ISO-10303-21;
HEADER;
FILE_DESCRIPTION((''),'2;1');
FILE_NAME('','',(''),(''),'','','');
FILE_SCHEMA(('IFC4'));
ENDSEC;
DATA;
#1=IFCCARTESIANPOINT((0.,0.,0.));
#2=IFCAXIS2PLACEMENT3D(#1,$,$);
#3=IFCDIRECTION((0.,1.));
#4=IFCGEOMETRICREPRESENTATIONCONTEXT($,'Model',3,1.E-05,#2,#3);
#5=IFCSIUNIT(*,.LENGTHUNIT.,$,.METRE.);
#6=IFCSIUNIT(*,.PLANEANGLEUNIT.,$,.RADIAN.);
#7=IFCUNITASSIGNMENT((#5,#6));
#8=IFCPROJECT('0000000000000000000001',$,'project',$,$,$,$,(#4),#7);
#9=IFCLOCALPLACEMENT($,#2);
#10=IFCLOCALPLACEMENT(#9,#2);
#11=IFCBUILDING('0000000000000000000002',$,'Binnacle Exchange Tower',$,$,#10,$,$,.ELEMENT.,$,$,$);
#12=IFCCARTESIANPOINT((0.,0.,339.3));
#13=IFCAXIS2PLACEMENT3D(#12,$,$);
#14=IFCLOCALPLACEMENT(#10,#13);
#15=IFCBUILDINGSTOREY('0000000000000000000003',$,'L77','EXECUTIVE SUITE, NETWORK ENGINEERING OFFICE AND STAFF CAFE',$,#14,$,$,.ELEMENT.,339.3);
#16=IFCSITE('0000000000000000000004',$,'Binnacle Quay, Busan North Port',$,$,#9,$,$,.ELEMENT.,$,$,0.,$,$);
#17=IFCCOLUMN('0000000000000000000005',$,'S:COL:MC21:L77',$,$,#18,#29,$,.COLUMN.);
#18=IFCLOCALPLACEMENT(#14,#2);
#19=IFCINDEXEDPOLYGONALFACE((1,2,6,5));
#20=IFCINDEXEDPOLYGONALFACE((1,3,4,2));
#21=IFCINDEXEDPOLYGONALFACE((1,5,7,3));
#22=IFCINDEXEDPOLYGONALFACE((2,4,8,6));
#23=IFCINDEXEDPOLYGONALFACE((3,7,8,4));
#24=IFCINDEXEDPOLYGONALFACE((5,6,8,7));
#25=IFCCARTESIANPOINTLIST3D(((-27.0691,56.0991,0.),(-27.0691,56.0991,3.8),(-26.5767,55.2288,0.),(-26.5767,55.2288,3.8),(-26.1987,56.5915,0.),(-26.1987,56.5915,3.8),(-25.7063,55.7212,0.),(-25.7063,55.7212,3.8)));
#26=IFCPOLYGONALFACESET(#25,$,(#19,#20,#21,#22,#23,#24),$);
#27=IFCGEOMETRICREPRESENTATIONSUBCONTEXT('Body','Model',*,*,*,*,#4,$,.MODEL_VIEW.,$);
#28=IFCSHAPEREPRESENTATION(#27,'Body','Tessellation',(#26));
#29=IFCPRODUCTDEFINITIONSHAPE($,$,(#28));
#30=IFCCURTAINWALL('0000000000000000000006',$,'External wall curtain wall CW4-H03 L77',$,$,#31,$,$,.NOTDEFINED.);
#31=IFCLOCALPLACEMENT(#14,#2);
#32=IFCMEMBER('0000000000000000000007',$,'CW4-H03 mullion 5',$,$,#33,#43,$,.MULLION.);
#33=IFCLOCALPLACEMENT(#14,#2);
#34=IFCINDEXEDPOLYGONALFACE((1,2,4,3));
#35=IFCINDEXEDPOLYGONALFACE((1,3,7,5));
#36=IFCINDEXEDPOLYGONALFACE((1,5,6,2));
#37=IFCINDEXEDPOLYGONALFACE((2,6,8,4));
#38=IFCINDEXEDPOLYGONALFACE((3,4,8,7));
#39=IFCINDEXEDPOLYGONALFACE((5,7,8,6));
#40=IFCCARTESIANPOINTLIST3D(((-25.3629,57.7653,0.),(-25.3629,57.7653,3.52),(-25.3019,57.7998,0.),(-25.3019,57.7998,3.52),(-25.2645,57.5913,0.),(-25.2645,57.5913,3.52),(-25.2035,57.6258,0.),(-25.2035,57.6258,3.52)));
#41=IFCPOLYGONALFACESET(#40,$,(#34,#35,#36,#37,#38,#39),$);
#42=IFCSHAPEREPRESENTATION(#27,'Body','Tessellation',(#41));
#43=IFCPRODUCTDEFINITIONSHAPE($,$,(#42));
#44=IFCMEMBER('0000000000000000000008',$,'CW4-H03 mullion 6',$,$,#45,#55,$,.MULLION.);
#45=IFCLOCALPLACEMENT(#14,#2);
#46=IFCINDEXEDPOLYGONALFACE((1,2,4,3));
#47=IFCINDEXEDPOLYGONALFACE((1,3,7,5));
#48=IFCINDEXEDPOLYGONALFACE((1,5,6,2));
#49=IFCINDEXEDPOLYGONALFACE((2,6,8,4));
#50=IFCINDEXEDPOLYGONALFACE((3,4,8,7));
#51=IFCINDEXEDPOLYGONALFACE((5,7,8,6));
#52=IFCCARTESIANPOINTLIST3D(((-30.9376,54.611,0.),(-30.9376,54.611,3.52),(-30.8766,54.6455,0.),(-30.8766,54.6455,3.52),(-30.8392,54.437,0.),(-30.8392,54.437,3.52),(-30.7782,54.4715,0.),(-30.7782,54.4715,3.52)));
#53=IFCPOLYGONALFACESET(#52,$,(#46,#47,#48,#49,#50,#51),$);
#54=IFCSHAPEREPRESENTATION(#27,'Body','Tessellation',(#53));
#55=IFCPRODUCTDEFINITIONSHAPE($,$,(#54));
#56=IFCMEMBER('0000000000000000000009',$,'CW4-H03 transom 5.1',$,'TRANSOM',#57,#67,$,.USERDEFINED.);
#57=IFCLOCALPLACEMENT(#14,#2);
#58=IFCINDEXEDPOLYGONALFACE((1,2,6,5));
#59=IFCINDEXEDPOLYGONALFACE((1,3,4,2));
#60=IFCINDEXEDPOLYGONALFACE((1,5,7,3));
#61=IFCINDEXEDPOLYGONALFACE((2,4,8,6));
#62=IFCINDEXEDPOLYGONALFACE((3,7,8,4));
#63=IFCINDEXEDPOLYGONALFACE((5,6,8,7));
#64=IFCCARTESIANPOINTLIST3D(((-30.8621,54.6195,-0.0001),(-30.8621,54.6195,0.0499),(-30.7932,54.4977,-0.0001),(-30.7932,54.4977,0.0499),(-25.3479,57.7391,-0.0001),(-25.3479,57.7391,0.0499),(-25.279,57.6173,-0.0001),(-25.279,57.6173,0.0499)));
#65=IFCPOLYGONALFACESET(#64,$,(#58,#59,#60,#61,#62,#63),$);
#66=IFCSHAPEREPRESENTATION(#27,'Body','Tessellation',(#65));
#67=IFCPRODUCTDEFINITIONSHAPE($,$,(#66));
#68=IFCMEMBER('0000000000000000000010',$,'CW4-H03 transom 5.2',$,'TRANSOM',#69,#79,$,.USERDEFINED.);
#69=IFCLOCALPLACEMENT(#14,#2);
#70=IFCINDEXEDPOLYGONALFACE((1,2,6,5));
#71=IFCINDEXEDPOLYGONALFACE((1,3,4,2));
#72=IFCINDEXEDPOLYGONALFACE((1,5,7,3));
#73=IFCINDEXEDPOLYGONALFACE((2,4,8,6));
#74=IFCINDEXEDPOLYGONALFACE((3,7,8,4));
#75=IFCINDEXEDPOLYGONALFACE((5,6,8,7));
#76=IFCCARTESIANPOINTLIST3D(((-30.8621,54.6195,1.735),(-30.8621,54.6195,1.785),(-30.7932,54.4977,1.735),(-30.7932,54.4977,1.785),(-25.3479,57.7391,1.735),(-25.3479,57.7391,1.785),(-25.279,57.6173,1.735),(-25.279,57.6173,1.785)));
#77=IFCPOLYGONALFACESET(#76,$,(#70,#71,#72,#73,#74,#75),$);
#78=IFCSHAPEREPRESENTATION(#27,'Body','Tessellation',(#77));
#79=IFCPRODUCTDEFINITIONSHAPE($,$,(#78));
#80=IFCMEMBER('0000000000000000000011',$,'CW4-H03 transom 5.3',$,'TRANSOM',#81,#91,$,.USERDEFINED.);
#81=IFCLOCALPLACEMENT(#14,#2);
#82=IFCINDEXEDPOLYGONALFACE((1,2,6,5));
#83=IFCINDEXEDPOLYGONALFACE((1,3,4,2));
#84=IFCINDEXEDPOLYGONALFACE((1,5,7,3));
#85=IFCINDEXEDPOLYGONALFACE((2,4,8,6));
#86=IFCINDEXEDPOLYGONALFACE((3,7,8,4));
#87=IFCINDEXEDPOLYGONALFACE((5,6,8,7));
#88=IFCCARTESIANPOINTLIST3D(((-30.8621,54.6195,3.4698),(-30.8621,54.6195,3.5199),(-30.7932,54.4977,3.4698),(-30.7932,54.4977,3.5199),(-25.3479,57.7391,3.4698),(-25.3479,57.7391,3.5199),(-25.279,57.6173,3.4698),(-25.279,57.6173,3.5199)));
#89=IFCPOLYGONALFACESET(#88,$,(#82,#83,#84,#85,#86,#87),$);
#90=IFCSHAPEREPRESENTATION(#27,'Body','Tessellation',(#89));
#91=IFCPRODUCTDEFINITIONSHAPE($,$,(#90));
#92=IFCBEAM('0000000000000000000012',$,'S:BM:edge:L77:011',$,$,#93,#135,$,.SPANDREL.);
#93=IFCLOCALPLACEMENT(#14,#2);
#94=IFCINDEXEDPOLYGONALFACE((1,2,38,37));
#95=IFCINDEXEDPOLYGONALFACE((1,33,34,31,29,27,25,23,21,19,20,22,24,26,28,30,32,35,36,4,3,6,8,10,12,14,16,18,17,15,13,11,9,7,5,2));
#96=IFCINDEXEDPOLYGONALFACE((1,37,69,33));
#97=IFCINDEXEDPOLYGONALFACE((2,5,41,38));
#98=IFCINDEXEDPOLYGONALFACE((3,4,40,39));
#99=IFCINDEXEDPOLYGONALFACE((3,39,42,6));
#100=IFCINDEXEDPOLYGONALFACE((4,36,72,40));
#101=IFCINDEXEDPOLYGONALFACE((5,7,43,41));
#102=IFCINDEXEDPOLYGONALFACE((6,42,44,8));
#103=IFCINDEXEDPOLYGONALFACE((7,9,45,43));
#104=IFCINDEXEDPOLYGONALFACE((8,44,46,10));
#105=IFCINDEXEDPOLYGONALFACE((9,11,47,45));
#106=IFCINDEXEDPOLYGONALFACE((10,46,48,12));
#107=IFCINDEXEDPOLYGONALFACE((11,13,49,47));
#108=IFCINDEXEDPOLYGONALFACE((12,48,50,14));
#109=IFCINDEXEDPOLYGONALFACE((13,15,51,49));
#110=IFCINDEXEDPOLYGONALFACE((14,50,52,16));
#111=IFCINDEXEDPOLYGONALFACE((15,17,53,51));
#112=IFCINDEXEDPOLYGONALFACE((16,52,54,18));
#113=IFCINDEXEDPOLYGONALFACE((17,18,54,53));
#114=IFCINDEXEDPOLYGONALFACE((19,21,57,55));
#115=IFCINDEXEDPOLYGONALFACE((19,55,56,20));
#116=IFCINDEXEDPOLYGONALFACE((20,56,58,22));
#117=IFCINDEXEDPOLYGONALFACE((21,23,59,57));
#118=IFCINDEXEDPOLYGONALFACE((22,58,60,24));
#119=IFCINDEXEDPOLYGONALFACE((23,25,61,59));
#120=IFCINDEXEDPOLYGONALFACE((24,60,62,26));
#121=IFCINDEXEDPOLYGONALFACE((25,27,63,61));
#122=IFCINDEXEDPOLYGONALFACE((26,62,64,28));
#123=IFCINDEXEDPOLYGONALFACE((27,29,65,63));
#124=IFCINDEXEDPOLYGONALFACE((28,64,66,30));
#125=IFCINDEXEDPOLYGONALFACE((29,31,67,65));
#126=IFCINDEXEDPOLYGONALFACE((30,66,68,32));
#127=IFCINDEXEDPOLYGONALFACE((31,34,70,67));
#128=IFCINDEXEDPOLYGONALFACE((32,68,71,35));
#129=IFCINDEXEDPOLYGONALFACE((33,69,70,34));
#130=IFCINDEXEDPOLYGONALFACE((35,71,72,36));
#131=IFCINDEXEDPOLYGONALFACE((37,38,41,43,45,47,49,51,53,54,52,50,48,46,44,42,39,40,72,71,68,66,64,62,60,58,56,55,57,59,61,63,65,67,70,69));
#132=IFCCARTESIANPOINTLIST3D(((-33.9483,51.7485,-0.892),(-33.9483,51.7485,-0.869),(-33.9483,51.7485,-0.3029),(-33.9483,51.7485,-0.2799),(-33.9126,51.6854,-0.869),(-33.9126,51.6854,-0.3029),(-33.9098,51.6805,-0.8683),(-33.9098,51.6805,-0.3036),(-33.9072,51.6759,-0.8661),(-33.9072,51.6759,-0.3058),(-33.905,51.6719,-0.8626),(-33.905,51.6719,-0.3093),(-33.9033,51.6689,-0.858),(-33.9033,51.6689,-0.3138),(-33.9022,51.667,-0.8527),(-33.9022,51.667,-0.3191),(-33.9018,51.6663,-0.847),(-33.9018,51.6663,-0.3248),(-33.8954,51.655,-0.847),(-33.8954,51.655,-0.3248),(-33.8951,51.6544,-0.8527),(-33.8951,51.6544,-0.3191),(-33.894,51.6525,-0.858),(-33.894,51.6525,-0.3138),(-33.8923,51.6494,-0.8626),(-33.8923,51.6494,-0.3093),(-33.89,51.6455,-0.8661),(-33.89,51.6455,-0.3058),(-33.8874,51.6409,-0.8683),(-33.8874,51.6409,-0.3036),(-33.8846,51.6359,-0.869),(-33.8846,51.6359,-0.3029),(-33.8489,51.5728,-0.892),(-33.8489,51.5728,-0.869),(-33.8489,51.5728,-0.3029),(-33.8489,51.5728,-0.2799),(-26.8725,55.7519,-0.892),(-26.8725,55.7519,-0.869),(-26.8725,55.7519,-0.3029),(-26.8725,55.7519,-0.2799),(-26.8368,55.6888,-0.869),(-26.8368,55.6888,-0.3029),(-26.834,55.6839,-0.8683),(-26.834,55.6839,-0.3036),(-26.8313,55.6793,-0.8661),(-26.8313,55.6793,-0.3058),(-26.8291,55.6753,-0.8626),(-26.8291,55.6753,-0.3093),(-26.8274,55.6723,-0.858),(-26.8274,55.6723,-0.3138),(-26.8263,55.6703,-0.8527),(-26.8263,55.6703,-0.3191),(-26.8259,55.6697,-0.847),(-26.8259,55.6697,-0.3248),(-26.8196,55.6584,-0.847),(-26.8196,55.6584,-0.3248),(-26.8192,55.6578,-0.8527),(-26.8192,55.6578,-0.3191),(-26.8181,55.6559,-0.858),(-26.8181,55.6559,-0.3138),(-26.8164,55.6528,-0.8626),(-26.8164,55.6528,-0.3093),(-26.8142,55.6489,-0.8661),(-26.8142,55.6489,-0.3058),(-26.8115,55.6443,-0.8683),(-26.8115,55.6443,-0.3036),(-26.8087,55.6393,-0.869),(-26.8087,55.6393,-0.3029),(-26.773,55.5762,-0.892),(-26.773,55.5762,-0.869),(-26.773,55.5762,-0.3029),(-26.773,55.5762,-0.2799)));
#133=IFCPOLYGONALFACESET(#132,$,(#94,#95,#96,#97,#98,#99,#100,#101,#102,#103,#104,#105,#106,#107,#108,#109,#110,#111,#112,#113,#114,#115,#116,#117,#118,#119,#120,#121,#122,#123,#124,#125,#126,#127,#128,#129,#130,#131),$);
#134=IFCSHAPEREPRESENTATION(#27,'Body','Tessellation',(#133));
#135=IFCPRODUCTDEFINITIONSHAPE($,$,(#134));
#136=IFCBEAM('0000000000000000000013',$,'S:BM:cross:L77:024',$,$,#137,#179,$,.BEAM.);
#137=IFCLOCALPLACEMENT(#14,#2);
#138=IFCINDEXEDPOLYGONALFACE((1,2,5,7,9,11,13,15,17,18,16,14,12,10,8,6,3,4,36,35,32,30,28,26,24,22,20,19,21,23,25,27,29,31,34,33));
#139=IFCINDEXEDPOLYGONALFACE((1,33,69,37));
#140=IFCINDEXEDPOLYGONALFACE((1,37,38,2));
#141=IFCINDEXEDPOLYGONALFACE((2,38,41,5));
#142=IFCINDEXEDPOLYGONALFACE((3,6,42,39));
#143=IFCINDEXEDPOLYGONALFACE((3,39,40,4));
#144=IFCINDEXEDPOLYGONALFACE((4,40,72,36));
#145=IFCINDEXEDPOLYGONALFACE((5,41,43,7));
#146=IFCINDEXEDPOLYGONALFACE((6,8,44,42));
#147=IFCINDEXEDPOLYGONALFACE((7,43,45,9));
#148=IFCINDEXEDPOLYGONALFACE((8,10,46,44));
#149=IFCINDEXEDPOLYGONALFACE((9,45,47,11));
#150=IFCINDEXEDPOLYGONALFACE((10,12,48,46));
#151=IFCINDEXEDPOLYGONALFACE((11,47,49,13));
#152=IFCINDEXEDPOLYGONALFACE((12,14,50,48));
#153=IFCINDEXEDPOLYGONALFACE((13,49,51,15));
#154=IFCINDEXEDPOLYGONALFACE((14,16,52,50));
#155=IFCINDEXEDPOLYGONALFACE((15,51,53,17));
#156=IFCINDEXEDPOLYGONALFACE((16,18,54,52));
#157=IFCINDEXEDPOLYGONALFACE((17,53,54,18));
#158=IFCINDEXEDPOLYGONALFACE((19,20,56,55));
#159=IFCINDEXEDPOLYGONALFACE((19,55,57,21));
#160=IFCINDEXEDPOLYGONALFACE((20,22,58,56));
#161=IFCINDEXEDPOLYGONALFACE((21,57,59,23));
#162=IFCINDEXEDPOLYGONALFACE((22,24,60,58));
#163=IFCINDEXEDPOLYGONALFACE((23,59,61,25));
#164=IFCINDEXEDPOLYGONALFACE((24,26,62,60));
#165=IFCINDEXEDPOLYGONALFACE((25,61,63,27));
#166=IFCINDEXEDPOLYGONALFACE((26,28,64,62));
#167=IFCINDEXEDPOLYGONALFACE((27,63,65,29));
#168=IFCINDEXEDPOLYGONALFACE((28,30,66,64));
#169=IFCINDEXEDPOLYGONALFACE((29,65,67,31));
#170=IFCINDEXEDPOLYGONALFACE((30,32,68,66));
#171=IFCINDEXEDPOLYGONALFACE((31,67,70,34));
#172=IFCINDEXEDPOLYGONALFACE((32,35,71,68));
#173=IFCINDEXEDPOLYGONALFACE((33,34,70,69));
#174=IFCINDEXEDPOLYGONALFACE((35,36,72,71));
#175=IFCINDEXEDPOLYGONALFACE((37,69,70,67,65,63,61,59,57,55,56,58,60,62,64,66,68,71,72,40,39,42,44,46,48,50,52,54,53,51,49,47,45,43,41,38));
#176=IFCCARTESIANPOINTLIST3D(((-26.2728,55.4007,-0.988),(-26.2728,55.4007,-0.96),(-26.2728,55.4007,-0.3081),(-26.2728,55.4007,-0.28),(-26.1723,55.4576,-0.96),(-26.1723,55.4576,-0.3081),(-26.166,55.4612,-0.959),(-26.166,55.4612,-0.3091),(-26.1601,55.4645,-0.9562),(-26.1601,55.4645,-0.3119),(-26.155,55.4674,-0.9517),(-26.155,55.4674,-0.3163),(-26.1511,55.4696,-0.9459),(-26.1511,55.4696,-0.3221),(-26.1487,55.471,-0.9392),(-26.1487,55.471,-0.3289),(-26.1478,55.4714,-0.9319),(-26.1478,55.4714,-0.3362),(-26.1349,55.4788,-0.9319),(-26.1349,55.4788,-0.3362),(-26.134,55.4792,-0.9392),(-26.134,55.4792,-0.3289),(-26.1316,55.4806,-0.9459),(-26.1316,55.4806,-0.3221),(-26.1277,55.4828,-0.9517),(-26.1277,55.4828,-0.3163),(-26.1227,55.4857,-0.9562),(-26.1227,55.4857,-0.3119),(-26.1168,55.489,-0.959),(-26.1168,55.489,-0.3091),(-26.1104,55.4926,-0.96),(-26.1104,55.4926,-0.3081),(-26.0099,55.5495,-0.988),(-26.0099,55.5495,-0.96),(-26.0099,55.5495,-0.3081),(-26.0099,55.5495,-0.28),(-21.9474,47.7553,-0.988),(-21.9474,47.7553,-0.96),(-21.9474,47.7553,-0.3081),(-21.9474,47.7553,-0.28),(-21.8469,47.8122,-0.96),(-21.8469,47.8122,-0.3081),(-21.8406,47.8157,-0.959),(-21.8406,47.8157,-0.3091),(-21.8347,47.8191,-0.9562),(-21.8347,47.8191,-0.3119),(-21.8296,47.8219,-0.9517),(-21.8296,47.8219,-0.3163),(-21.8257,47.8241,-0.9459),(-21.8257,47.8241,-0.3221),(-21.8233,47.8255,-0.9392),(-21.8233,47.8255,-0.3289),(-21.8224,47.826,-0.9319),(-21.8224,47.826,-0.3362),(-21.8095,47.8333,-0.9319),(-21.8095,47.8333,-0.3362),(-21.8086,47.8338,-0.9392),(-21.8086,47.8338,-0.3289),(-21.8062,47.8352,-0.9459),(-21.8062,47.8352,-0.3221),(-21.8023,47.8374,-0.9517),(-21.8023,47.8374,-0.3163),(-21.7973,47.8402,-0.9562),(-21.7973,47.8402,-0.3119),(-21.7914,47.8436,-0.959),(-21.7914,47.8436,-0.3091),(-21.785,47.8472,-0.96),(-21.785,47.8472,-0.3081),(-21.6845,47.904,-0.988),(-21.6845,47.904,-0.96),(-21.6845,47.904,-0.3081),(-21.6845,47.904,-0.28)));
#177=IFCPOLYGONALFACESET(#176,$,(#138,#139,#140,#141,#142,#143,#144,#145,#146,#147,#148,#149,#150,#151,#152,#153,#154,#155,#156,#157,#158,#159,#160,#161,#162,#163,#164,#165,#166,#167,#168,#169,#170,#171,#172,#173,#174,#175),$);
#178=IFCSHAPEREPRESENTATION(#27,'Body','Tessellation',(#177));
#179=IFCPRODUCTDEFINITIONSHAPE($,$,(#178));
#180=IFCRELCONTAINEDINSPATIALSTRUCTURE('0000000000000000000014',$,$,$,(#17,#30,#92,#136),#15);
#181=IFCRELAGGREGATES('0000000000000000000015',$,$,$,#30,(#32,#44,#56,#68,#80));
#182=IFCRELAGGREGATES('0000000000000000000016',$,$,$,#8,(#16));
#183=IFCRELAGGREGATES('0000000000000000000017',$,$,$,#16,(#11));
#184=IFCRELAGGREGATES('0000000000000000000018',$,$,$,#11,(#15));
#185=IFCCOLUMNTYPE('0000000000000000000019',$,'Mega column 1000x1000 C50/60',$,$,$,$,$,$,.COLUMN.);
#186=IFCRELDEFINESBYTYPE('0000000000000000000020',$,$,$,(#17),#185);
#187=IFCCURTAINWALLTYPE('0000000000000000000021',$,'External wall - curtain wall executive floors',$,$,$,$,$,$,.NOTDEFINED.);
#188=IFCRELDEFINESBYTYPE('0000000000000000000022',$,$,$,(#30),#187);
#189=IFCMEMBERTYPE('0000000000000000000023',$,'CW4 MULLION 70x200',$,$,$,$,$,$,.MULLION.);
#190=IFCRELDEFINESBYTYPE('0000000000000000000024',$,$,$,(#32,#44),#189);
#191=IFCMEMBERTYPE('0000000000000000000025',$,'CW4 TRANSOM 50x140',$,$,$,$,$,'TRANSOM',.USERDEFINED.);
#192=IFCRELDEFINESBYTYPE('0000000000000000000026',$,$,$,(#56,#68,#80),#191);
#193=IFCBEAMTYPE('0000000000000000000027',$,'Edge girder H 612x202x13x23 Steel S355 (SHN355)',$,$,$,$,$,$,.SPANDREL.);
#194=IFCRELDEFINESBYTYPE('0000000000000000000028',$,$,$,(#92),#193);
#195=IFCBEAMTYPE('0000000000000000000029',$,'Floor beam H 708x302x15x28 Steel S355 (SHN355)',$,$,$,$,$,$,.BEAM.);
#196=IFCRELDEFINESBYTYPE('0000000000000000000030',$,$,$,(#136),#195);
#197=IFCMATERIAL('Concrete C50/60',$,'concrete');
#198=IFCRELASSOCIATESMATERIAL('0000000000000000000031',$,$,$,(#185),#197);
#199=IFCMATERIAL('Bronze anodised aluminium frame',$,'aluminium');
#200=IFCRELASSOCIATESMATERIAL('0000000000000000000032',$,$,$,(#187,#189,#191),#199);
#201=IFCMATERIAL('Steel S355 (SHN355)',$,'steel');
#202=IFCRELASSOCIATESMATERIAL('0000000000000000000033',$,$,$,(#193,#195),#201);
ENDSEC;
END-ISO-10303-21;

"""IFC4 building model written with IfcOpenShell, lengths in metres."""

from ifc_helpers import new_model, si_unit, direction, frame, origin, origin_2d, place, context, subcontext, project, spatial, rectangle, i_section, extrude, material, material_profile, profile_set, type_object, element, aggregate, save


model = new_model("IFC4")

# Units and contexts
model_context = context("Model", 3, precision=1e-05, world=origin(), true_north=direction((0.0, 1.0)))
body_context = subcontext(model_context, "Body", "Model", "MODEL_VIEW")
ifc_project = project(units=[si_unit("LENGTHUNIT", "METRE"), si_unit("PLANEANGLEUNIT", "RADIAN")], contexts=[model_context])

# Site, building, storey
site_placement = place(None, origin())
site = spatial("IfcSite", under=ifc_project, at=site_placement, Name="Binnacle Quay, Busan North Port", CompositionType="ELEMENT", RefElevation=0.0)
building_placement = place(site_placement, origin())
building = spatial("IfcBuilding", under=site, at=building_placement, Name="Binnacle Exchange Tower", CompositionType="ELEMENT")
storey_placement = place(building_placement, frame((0.0, 0.0, 339.3)))
storey = spatial("IfcBuildingStorey", under=building, at=storey_placement, Name="L77", Description="EXECUTIVE SUITE, NETWORK ENGINEERING OFFICE AND STAFF CAFE", CompositionType="ELEMENT", Elevation=339.3)

# Column
ifc_material_1 = material(Name="Concrete C50/60", Category="concrete")
ifc_material_profile_1 = material_profile(ifc_material_1, rectangle(XDim=1.0, YDim=1.0, at=origin_2d()), Name="Mega column 1000x1000 C50/60")
ifc_profile_set_1 = profile_set([ifc_material_profile_1], Name="Concrete C50/60")
column_type = type_object("IfcColumnType", Name="Mega column 1000x1000 C50/60", PredefinedType="COLUMN", material=ifc_profile_set_1)
column_placement = place(storey_placement, frame((-26.3877, 55.9102, 0.0), z_axis=(0.0, 0.0, 1.0), x_axis=(-0.870356, -0.492424, 0.0)))
element("IfcColumn", 1, at=column_placement, inside=storey, type_object=column_type, Name="S:COL:MC21:L77", PredefinedType="COLUMN", context=body_context, shape_type="SweptSolid", body=[
    extrude(rectangle(XDim=1.0, YDim=1.0, at=origin_2d()), origin(), (0.0, 0.0, 1.0), 3.8),
])

# Curtain wall, members
ifc_material_2 = material(Name="Bronze anodised aluminium frame", Category="aluminium")
curtain_wall_type = type_object("IfcCurtainWallType", Name="External wall - curtain wall executive floors", PredefinedType="NOTDEFINED", material=ifc_material_2)
curtain_wall_placement = place(storey_placement, origin())
curtain_wall = element("IfcCurtainWall", 2, at=curtain_wall_placement, inside=storey, type_object=curtain_wall_type, Name="External wall curtain wall CW4-H03 L77", PredefinedType="NOTDEFINED")
ifc_material_profile_2 = material_profile(ifc_material_2, rectangle(XDim=0.2, YDim=0.0701, at=origin_2d()), Name="AL 70x200")
ifc_profile_set_2 = profile_set([ifc_material_profile_2], Name="Bronze anodised aluminium frame")
member_type_1 = type_object("IfcMemberType", Name="CW4 MULLION 70x200", PredefinedType="MULLION", material=ifc_profile_set_2)
member_1_placement = place(storey_placement, frame((-25.2832, 57.6956, 0.0), z_axis=(0.0, 0.0, 1.0), x_axis=(0.492424, -0.870356, 0.0)))
member_1 = element("IfcMember", 3, at=member_1_placement, type_object=member_type_1, Name="CW4-H03 mullion 5", PredefinedType="MULLION", context=body_context, shape_type="SweptSolid", body=[
    extrude(rectangle(XDim=0.2, YDim=0.0701, at=origin_2d()), origin(), (0.0, 0.0, 1.0), 3.52),
])
member_2_placement = place(storey_placement, frame((-30.8579, 54.5413, 0.0), z_axis=(0.0, 0.0, 1.0), x_axis=(0.492424, -0.870356, 0.0)))
member_2 = element("IfcMember", 4, at=member_2_placement, type_object=member_type_1, Name="CW4-H03 mullion 6", PredefinedType="MULLION", context=body_context, shape_type="SweptSolid", body=[
    extrude(rectangle(XDim=0.2, YDim=0.0701, at=origin_2d()), origin(), (0.0, 0.0, 1.0), 3.52),
])
ifc_material_profile_3 = material_profile(ifc_material_2, rectangle(XDim=0.1399, YDim=0.05, at=origin_2d()), Name="AL 140x50")
ifc_profile_set_3 = profile_set([ifc_material_profile_3], Name="Bronze anodised aluminium frame")
member_type_2 = type_object("IfcMemberType", Name="CW4 TRANSOM 50x140", ElementType="TRANSOM", PredefinedType="USERDEFINED", material=ifc_profile_set_3)
member_3_placement = place(storey_placement, frame((-25.3135, 57.6782, 0.0249), z_axis=(-0.870365, -0.492408, 0.0), x_axis=(0.492408, -0.870365, 0.0)))
member_3 = element("IfcMember", 5, at=member_3_placement, type_object=member_type_2, Name="CW4-H03 transom 5.1", ObjectType="TRANSOM", PredefinedType="USERDEFINED", context=body_context, shape_type="SweptSolid", body=[
    extrude(rectangle(XDim=0.1399, YDim=0.05, at=origin_2d()), origin(), (0.0, 0.0, 1.0), 6.3354),
])
member_4_placement = place(storey_placement, frame((-25.3135, 57.6782, 1.76), z_axis=(-0.870365, -0.492408, 0.0), x_axis=(0.492408, -0.870365, 0.0)))
member_4 = element("IfcMember", 6, at=member_4_placement, type_object=member_type_2, Name="CW4-H03 transom 5.2", ObjectType="TRANSOM", PredefinedType="USERDEFINED", context=body_context, shape_type="SweptSolid", body=[
    extrude(rectangle(XDim=0.1399, YDim=0.05, at=origin_2d()), origin(), (0.0, 0.0, 1.0), 6.3354),
])
member_5_placement = place(storey_placement, frame((-25.3135, 57.6782, 3.4949), z_axis=(-0.870365, -0.492408, 0.0), x_axis=(0.492408, -0.870365, 0.0)))
member_5 = element("IfcMember", 7, at=member_5_placement, type_object=member_type_2, Name="CW4-H03 transom 5.3", ObjectType="TRANSOM", PredefinedType="USERDEFINED", context=body_context, shape_type="SweptSolid", body=[
    extrude(rectangle(XDim=0.1399, YDim=0.05, at=origin_2d()), origin(), (0.0, 0.0, 1.0), 6.3354),
])

# Beams
ifc_material_3 = material(Name="Steel S355 (SHN355)", Category="steel")
ifc_material_profile_4 = material_profile(ifc_material_3, i_section(OverallWidth=0.2019, OverallDepth=0.6121, WebThickness=0.0129, FlangeThickness=0.0229, FilletRadius=0.022, at=origin_2d()), Name="H 612x202x13x23")
ifc_profile_set_4 = profile_set([ifc_material_profile_4], Name="Steel S355 (SHN355)")
beam_type_1 = type_object("IfcBeamType", Name="Edge girder H 612x202x13x23 Steel S355 (SHN355)", PredefinedType="SPANDREL", material=ifc_profile_set_4)
beam_1_placement = place(storey_placement, frame((-26.8228, 55.6641, -0.5859), z_axis=(-0.870353, -0.492428, 0.0), x_axis=(0.492428, -0.870353, 0.0)))
element("IfcBeam", 8, at=beam_1_placement, inside=storey, type_object=beam_type_1, Name="S:BM:edge:L77:011", PredefinedType="SPANDREL", context=body_context, shape_type="SweptSolid", body=[
    extrude(i_section(OverallWidth=0.2019, OverallDepth=0.6121, WebThickness=0.0129, FlangeThickness=0.0229, FilletRadius=0.022, at=origin_2d()), origin(), (0.0, 0.0, 1.0), 8.1299),
])
ifc_material_profile_5 = material_profile(ifc_material_3, i_section(OverallWidth=0.302, OverallDepth=0.708, WebThickness=0.0149, FlangeThickness=0.0281, FilletRadius=0.0281, at=origin_2d()), Name="H 708x302x15x28")
ifc_profile_set_5 = profile_set([ifc_material_profile_5], Name="Steel S355 (SHN355)")
beam_type_2 = type_object("IfcBeamType", Name="Floor beam H 708x302x15x28 Steel S355 (SHN355)", PredefinedType="BEAM", material=ifc_profile_set_5)
beam_2_placement = place(storey_placement, frame((-26.1414, 55.4751, -0.634), z_axis=(0.492408, -0.870365, 0.0), x_axis=(0.870365, 0.492408, 0.0)))
element("IfcBeam", 9, at=beam_2_placement, inside=storey, type_object=beam_type_2, Name="S:BM:cross:L77:024", PredefinedType="BEAM", context=body_context, shape_type="SweptSolid", body=[
    extrude(i_section(OverallWidth=0.302, OverallDepth=0.708, WebThickness=0.0149, FlangeThickness=0.0281, FilletRadius=0.0281, at=origin_2d()), origin(), (0.0, 0.0, 1.0), 8.7842),
])

aggregate(curtain_wall, [member_1, member_2, member_3, member_4, member_5])

save(model, "model.ifc")
